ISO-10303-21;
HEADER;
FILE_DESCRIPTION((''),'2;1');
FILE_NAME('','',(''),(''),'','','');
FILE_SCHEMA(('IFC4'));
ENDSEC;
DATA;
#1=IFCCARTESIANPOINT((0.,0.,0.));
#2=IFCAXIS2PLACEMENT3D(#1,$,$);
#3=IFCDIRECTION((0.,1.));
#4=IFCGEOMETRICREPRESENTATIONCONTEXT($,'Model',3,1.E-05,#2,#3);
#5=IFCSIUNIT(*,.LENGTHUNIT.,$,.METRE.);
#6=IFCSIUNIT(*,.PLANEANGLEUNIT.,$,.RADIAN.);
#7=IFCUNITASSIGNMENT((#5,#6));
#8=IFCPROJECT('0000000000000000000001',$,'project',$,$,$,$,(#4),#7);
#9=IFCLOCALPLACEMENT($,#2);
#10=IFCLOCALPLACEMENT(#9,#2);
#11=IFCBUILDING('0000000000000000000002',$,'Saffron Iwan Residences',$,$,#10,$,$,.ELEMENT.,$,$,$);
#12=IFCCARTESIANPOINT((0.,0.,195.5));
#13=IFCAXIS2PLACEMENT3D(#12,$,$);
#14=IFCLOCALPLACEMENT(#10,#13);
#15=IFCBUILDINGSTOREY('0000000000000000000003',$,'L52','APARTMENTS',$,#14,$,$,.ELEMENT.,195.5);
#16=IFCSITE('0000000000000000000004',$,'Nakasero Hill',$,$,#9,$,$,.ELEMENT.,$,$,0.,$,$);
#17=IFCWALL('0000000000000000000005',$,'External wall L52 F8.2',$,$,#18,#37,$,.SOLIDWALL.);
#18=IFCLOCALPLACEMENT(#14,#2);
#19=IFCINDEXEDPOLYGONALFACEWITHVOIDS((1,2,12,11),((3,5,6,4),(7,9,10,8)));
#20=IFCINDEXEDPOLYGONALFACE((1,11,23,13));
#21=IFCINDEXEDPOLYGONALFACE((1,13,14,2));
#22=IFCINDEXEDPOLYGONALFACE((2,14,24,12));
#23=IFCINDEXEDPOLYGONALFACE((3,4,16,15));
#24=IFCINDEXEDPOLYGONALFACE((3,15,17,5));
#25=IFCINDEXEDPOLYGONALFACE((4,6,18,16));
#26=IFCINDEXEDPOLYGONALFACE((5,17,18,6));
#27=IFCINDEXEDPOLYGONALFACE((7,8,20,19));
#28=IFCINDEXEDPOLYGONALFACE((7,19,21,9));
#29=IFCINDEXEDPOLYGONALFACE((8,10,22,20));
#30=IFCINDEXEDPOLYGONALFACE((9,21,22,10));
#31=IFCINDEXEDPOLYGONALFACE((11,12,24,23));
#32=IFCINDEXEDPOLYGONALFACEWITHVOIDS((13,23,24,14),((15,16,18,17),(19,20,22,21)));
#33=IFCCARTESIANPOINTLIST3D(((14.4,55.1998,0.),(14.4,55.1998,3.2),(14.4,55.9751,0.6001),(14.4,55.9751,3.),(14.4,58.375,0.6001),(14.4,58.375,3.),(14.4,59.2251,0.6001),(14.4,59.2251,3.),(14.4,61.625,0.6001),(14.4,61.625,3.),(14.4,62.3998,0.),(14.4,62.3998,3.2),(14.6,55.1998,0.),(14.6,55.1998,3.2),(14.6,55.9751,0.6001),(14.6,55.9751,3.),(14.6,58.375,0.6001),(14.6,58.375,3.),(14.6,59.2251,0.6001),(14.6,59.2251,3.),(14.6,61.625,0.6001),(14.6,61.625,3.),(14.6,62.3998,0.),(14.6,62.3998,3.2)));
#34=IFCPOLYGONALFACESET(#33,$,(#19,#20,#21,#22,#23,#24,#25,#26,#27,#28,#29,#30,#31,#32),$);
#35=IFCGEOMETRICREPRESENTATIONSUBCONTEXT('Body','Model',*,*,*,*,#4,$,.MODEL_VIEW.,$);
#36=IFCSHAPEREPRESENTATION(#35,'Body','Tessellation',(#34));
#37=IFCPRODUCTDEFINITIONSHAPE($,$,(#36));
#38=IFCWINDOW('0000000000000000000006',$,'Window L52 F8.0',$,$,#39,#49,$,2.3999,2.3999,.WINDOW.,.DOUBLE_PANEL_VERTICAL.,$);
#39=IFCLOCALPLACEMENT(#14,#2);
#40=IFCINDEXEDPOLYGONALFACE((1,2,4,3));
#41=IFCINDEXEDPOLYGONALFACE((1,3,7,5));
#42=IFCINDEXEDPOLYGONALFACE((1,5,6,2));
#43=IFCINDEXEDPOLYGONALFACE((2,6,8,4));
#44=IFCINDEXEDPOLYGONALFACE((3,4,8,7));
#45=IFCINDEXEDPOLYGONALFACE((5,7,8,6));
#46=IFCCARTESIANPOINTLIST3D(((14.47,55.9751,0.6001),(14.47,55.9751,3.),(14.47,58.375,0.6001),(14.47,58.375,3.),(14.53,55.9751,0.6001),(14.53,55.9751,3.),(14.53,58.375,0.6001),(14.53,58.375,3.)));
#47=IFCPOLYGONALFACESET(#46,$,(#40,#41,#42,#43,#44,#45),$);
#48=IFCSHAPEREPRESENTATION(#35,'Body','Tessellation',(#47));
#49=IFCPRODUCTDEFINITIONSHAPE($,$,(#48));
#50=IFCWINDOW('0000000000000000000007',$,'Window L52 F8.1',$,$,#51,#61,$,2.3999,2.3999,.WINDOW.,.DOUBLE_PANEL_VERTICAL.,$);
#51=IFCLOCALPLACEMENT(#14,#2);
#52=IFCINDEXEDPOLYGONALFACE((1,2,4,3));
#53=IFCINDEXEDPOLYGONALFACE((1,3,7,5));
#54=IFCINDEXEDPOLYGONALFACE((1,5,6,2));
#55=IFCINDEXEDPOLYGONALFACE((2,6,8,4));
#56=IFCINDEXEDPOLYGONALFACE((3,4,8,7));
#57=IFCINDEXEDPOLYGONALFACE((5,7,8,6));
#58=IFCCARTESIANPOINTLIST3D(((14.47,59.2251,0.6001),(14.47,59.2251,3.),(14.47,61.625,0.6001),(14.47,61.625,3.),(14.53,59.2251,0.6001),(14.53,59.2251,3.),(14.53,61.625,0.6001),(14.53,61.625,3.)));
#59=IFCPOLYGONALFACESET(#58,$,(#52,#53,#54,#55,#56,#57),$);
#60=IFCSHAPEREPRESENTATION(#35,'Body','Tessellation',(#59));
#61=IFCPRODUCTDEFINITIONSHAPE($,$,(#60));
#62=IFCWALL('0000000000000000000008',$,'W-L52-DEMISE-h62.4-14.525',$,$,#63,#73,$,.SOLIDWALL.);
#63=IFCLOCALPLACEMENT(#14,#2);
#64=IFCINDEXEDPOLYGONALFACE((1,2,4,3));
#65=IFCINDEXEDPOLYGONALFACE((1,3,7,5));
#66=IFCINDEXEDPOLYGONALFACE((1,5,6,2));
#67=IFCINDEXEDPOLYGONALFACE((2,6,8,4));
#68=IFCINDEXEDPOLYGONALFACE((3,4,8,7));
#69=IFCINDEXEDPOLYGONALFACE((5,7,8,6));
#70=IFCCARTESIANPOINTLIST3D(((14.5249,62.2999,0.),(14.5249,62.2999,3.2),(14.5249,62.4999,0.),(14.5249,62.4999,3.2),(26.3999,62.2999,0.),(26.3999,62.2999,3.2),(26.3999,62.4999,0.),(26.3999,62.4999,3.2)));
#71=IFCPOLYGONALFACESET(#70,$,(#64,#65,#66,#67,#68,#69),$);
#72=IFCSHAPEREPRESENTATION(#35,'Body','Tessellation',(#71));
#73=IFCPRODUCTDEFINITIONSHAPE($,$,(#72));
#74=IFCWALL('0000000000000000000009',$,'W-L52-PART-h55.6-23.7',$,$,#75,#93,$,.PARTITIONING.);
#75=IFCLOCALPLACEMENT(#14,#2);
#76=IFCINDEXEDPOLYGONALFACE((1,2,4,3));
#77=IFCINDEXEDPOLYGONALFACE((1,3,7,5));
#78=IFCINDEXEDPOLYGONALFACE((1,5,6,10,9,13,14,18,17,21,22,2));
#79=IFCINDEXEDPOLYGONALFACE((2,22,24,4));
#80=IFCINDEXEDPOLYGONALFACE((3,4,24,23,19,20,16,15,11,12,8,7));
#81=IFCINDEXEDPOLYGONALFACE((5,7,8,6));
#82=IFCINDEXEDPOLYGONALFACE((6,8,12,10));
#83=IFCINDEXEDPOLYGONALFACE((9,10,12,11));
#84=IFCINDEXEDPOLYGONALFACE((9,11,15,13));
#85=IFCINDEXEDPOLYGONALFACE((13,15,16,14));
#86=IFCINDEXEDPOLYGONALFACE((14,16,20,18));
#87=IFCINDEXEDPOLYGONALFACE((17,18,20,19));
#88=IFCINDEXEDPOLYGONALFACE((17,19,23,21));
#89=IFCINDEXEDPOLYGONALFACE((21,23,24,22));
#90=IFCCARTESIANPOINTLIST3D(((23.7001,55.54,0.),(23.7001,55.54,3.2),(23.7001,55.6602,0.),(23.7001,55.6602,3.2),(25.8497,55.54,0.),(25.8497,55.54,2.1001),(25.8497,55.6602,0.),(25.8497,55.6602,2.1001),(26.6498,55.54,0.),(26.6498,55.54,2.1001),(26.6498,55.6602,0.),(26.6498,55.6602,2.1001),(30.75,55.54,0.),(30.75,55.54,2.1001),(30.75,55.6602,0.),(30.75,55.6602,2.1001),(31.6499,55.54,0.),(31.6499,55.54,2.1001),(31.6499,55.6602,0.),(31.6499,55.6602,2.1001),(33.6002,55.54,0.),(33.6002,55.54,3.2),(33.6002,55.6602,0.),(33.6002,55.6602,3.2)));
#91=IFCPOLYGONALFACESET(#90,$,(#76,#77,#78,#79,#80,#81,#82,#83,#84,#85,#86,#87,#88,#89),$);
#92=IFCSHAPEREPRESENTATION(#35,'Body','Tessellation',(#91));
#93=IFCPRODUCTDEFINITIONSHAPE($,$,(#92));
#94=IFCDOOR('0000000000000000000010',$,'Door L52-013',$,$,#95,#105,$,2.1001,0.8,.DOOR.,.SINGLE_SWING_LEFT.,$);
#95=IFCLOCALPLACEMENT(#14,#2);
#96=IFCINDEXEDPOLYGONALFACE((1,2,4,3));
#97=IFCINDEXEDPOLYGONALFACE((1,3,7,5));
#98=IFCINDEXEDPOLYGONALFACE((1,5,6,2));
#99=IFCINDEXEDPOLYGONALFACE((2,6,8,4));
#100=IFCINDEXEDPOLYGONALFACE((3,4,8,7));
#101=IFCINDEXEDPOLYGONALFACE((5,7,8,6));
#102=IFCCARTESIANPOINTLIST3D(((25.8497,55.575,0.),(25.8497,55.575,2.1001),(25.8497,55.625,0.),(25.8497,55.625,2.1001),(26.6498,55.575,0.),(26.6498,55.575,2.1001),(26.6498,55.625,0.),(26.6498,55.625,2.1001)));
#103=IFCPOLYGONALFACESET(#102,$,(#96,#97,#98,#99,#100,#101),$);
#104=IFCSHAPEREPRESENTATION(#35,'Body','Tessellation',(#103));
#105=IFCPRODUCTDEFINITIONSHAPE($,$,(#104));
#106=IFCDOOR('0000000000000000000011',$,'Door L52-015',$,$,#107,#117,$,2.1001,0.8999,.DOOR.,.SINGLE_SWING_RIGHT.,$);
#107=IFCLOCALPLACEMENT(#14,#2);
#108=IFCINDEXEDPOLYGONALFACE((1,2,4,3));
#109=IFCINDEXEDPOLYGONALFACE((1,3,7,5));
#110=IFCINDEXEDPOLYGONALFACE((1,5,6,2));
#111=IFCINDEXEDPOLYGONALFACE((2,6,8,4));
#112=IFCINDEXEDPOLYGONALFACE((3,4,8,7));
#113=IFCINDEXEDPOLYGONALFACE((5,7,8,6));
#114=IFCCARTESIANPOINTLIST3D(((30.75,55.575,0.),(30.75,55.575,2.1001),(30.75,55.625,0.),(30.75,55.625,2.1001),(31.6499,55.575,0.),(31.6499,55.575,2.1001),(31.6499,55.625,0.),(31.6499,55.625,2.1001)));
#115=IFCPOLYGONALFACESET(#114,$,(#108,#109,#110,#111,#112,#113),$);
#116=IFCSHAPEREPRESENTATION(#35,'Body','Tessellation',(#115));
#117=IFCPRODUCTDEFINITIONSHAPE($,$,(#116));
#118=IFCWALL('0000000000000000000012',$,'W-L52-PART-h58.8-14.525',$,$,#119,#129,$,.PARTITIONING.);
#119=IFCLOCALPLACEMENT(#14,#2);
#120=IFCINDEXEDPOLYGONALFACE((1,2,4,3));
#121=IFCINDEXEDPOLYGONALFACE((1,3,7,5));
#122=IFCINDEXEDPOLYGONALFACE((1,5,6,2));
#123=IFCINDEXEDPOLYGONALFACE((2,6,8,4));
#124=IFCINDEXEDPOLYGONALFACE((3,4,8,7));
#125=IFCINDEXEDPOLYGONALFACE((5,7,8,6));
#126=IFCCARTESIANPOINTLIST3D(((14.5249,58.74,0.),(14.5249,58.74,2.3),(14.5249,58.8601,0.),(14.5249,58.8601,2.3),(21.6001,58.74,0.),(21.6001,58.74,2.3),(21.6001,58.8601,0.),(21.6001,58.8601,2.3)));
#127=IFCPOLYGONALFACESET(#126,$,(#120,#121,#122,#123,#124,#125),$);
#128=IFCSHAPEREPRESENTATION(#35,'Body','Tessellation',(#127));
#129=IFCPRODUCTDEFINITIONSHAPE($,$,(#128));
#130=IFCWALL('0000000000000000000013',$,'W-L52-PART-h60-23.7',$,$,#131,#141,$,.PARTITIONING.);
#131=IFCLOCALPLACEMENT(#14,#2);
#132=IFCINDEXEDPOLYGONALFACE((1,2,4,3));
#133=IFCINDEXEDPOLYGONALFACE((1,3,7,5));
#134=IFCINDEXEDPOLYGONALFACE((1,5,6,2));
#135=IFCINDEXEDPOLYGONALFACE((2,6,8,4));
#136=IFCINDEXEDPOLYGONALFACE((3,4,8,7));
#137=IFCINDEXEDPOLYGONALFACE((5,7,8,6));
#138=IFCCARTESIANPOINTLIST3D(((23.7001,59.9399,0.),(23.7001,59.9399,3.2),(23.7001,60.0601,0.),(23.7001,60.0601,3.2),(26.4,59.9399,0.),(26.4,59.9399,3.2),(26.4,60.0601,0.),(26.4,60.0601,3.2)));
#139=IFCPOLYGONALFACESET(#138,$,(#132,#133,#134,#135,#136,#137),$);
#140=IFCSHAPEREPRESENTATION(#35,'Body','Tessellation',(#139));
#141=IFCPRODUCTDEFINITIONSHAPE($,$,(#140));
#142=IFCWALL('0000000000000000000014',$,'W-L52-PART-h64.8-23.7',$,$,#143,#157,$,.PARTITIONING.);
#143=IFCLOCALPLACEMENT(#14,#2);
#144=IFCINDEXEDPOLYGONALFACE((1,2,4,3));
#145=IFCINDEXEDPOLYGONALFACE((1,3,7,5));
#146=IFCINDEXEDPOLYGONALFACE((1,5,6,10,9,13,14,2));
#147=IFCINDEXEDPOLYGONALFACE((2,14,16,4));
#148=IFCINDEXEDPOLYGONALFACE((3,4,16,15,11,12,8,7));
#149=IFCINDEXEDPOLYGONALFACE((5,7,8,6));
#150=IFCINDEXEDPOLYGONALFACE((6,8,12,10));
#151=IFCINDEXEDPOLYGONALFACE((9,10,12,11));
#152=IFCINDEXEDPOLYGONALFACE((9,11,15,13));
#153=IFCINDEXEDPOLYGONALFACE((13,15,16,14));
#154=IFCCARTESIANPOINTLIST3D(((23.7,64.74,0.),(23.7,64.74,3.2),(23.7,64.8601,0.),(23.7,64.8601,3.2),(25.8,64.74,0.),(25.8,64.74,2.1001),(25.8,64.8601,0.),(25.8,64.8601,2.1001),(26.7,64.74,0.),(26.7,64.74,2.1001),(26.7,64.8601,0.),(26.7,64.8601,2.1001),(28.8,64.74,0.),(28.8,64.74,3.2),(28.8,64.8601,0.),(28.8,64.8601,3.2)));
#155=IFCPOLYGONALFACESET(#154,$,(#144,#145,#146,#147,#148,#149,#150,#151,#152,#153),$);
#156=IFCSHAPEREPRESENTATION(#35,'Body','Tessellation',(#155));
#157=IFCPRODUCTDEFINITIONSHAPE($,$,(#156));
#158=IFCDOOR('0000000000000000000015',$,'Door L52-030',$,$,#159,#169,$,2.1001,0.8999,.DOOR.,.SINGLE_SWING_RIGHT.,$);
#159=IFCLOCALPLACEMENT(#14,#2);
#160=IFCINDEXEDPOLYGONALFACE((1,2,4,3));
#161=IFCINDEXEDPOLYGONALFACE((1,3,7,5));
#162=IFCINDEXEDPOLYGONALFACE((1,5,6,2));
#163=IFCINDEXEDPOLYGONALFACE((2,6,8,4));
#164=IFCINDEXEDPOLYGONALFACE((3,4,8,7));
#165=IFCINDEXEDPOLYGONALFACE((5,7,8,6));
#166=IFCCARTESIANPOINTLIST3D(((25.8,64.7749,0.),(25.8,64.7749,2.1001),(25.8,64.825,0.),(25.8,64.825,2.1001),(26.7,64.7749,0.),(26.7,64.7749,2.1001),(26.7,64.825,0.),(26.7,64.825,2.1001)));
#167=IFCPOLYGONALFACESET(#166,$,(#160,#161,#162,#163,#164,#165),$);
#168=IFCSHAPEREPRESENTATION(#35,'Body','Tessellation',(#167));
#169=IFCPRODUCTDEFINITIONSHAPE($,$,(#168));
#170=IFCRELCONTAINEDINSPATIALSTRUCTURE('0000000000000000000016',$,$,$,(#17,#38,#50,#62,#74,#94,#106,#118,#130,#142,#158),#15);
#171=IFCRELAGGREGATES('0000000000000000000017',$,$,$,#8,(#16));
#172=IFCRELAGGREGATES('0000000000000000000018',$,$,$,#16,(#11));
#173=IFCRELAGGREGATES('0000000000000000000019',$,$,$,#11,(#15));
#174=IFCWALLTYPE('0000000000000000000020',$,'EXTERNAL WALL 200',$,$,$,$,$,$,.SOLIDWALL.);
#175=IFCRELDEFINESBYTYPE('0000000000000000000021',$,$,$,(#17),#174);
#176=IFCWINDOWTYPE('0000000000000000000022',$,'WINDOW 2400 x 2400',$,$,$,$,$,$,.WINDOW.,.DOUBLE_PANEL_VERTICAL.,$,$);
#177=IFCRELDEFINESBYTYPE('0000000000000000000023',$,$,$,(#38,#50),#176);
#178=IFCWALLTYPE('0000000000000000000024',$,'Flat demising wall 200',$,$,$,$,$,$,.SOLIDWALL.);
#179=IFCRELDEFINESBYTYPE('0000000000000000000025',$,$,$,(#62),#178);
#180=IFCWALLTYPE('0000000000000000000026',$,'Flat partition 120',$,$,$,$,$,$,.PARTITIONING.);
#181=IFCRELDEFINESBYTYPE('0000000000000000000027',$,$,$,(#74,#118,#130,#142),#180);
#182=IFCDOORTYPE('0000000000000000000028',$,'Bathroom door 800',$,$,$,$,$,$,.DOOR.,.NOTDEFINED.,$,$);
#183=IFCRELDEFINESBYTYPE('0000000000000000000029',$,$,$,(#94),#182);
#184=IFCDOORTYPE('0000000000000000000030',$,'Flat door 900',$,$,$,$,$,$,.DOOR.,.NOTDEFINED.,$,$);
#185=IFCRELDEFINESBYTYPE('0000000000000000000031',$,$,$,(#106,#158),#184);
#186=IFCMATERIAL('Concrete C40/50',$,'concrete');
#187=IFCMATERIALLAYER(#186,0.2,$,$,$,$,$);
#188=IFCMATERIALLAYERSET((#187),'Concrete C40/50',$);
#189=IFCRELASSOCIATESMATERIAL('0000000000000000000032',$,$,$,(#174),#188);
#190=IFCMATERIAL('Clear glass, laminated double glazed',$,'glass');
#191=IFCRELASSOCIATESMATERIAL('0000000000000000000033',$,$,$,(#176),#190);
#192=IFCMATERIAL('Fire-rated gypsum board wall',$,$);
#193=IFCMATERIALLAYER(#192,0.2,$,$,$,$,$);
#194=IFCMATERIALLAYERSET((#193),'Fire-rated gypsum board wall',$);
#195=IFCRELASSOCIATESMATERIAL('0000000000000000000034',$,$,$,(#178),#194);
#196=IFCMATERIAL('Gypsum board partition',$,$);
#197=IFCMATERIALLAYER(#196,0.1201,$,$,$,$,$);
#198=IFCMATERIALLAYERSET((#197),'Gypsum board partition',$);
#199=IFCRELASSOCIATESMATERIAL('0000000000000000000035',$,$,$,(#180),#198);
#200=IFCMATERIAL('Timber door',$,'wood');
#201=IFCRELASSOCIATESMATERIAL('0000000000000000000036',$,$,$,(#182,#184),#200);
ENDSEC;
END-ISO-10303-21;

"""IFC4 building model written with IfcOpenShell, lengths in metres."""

from ifc_helpers import new_model, si_unit, direction, frame, frame_2d, origin, place, context, subcontext, project, spatial, rectangle, extrude, material, layer, layer_set, type_object, element, fill, save


model = new_model("IFC4")

# Units and contexts
model_context = context("Model", 3, precision=1e-05, world=origin(), true_north=direction((0.0, 1.0)))
body_context = subcontext(model_context, "Body", "Model", "MODEL_VIEW")
ifc_project = project(units=[si_unit("LENGTHUNIT", "METRE"), si_unit("PLANEANGLEUNIT", "RADIAN")], contexts=[model_context])

# Site, building, storey
site_placement = place(None, origin())
site = spatial("IfcSite", under=ifc_project, at=site_placement, Name="Nakasero Hill", CompositionType="ELEMENT", RefElevation=0.0)
building_placement = place(site_placement, origin())
building = spatial("IfcBuilding", under=site, at=building_placement, Name="Saffron Iwan Residences", CompositionType="ELEMENT")
storey_placement = place(building_placement, frame((0.0, 0.0, 195.5)))
storey = spatial("IfcBuildingStorey", under=building, at=storey_placement, Name="L52", Description="APARTMENTS", CompositionType="ELEMENT", Elevation=195.5)

# Wall, openings, windows
ifc_material_1 = material(Name="Concrete C40/50", Category="concrete")
ifc_layer_1 = layer(ifc_material_1, 0.2)
ifc_layer_set_1 = layer_set([ifc_layer_1], Name="Concrete C40/50")
wall_type_1 = type_object("IfcWallType", Name="EXTERNAL WALL 200", PredefinedType="SOLIDWALL", material=ifc_layer_set_1)
wall_1_placement = place(storey_placement, frame((14.5, 62.3999, 0.0), z_axis=(0.0, 0.0, 1.0), x_axis=(0.0, -1.0, 0.0)))
wall_1 = element("IfcWall", 1, at=wall_1_placement, inside=storey, type_object=wall_type_1, Name="External wall L52 F8.2", PredefinedType="SOLIDWALL", context=body_context, shape_type="SweptSolid", body=[
    extrude(rectangle(XDim=7.2, YDim=0.2, at=frame_2d((3.6001, 0.0))), origin(), (0.0, 0.0, 1.0), 3.2),
])
opening_1_placement = place(wall_1_placement, frame((4.0249, 0.0, 0.6001)))
opening_1 = element("IfcOpeningElement", 2, at=opening_1_placement, cuts=wall_1, PredefinedType="OPENING", context=body_context, shape_type="SweptSolid", body=[
    extrude(rectangle(XDim=2.3999, YDim=2.3999, at=frame_2d((1.2, 1.2))), frame((0.0, 0.1099, 0.0), z_axis=(0.0, -1.0, 0.0), x_axis=(1.0, 0.0, 0.0)), (0.0, 0.0, 1.0), 0.22),
])
opening_2_placement = place(wall_1_placement, frame((0.7749, 0.0, 0.6001)))
opening_2 = element("IfcOpeningElement", 3, at=opening_2_placement, cuts=wall_1, PredefinedType="OPENING", context=body_context, shape_type="SweptSolid", body=[
    extrude(rectangle(XDim=2.3999, YDim=2.3999, at=frame_2d((1.2, 1.2))), frame((0.0, 0.1099, 0.0), z_axis=(0.0, -1.0, 0.0), x_axis=(1.0, 0.0, 0.0)), (0.0, 0.0, 1.0), 0.22),
])
ifc_material_2 = material(Name="Clear glass, laminated double glazed", Category="glass")
window_type_1 = type_object("IfcWindowType", Name="WINDOW 2400 x 2400", PartitioningType="DOUBLE_PANEL_VERTICAL", PredefinedType="WINDOW", material=ifc_material_2)
window_1_placement = place(opening_1_placement, origin())
window_1 = element("IfcWindow", 4, at=window_1_placement, inside=storey, type_object=window_type_1, Name="Window L52 F8.0", OverallHeight=2.3999, OverallWidth=2.3999, PartitioningType="DOUBLE_PANEL_VERTICAL", PredefinedType="WINDOW", context=body_context, shape_type="SweptSolid", body=[
    extrude(rectangle(XDim=2.3999, YDim=2.3999, at=frame_2d((1.2, 1.2))), frame((0.0, 0.03, 0.0), z_axis=(0.0, -1.0, 0.0), x_axis=(1.0, 0.0, 0.0)), (0.0, 0.0, 1.0), 0.0601),
])
fill(opening_1, window_1)
window_2_placement = place(opening_2_placement, origin())
window_2 = element("IfcWindow", 5, at=window_2_placement, inside=storey, type_object=window_type_1, Name="Window L52 F8.1", OverallHeight=2.3999, OverallWidth=2.3999, PartitioningType="DOUBLE_PANEL_VERTICAL", PredefinedType="WINDOW", context=body_context, shape_type="SweptSolid", body=[
    extrude(rectangle(XDim=2.3999, YDim=2.3999, at=frame_2d((1.2, 1.2))), frame((0.0, 0.03, 0.0), z_axis=(0.0, -1.0, 0.0), x_axis=(1.0, 0.0, 0.0)), (0.0, 0.0, 1.0), 0.0601),
])
fill(opening_2, window_2)

# Wall
ifc_material_3 = material(Name="Fire-rated gypsum board wall")
ifc_layer_2 = layer(ifc_material_3, 0.2)
ifc_layer_set_2 = layer_set([ifc_layer_2], Name="Fire-rated gypsum board wall")
wall_type_2 = type_object("IfcWallType", Name="Flat demising wall 200", PredefinedType="SOLIDWALL", material=ifc_layer_set_2)
wall_2_placement = place(storey_placement, frame((14.5249, 62.3999, 0.0), z_axis=(0.0, 0.0, 1.0), x_axis=(1.0, 0.0, 0.0)))
element("IfcWall", 6, at=wall_2_placement, inside=storey, type_object=wall_type_2, Name="W-L52-DEMISE-h62.4-14.525", PredefinedType="SOLIDWALL", context=body_context, shape_type="SweptSolid", body=[
    extrude(rectangle(XDim=11.875, YDim=0.2, at=frame_2d((5.9375, 0.0))), origin(), (0.0, 0.0, 1.0), 3.2),
])

# Wall, openings, doors
ifc_material_4 = material(Name="Gypsum board partition")
ifc_layer_3 = layer(ifc_material_4, 0.1201)
ifc_layer_set_3 = layer_set([ifc_layer_3], Name="Gypsum board partition")
wall_type_3 = type_object("IfcWallType", Name="Flat partition 120", PredefinedType="PARTITIONING", material=ifc_layer_set_3)
wall_3_placement = place(storey_placement, frame((23.7, 55.6001, 0.0), z_axis=(0.0, 0.0, 1.0), x_axis=(1.0, 0.0, 0.0)))
wall_3 = element("IfcWall", 7, at=wall_3_placement, inside=storey, type_object=wall_type_3, Name="W-L52-PART-h55.6-23.7", PredefinedType="PARTITIONING", context=body_context, shape_type="SweptSolid", body=[
    extrude(rectangle(XDim=9.9001, YDim=0.1201, at=frame_2d((4.9502, 0.0))), origin(), (0.0, 0.0, 1.0), 3.2),
])
opening_3_placement = place(wall_3_placement, frame((2.1499, 0.0, 0.0)))
opening_3 = element("IfcOpeningElement", 8, at=opening_3_placement, cuts=wall_3, PredefinedType="OPENING", context=body_context, shape_type="SweptSolid", body=[
    extrude(rectangle(XDim=0.8, YDim=2.1001, at=frame_2d((0.3999, 1.05))), frame((0.0, 0.0701, 0.0), z_axis=(0.0, -1.0, 0.0), x_axis=(1.0, 0.0, 0.0)), (0.0, 0.0, 1.0), 0.1401),
])
opening_4_placement = place(wall_3_placement, frame((7.05, 0.0, 0.0)))
opening_4 = element("IfcOpeningElement", 9, at=opening_4_placement, cuts=wall_3, PredefinedType="OPENING", context=body_context, shape_type="SweptSolid", body=[
    extrude(rectangle(XDim=0.8999, YDim=2.1001, at=frame_2d((0.45, 1.05))), frame((0.0, 0.0701, 0.0), z_axis=(0.0, -1.0, 0.0), x_axis=(1.0, 0.0, 0.0)), (0.0, 0.0, 1.0), 0.1401),
])
ifc_material_5 = material(Name="Timber door", Category="wood")
door_type_1 = type_object("IfcDoorType", Name="Bathroom door 800", OperationType="NOTDEFINED", PredefinedType="DOOR", material=ifc_material_5)
door_1_placement = place(opening_3_placement, origin())
door_1 = element("IfcDoor", 10, at=door_1_placement, inside=storey, type_object=door_type_1, Name="Door L52-013", OperationType="SINGLE_SWING_LEFT", OverallHeight=2.1001, OverallWidth=0.8, PredefinedType="DOOR", context=body_context, shape_type="SweptSolid", body=[
    extrude(rectangle(XDim=0.8, YDim=2.1001, at=frame_2d((0.3999, 1.05))), frame((0.0, 0.0249, 0.0), z_axis=(0.0, -1.0, 0.0), x_axis=(1.0, 0.0, 0.0)), (0.0, 0.0, 1.0), 0.05),
])
fill(opening_3, door_1)
door_type_2 = type_object("IfcDoorType", Name="Flat door 900", OperationType="NOTDEFINED", PredefinedType="DOOR", material=ifc_material_5)
door_2_placement = place(opening_4_placement, origin())
door_2 = element("IfcDoor", 11, at=door_2_placement, inside=storey, type_object=door_type_2, Name="Door L52-015", OperationType="SINGLE_SWING_RIGHT", OverallHeight=2.1001, OverallWidth=0.8999, PredefinedType="DOOR", context=body_context, shape_type="SweptSolid", body=[
    extrude(rectangle(XDim=0.8999, YDim=2.1001, at=frame_2d((0.45, 1.05))), frame((0.0, 0.0249, 0.0), z_axis=(0.0, -1.0, 0.0), x_axis=(1.0, 0.0, 0.0)), (0.0, 0.0, 1.0), 0.05),
])
fill(opening_4, door_2)

# Walls
wall_4_placement = place(storey_placement, frame((14.5249, 58.8, 0.0), z_axis=(0.0, 0.0, 1.0), x_axis=(1.0, 0.0, 0.0)))
element("IfcWall", 12, at=wall_4_placement, inside=storey, type_object=wall_type_3, Name="W-L52-PART-h58.8-14.525", PredefinedType="PARTITIONING", context=body_context, shape_type="SweptSolid", body=[
    extrude(rectangle(XDim=7.0752, YDim=0.1201, at=frame_2d((3.5376, 0.0))), origin(), (0.0, 0.0, 1.0), 2.3),
])
wall_5_placement = place(storey_placement, frame((23.7, 60.0, 0.0), z_axis=(0.0, 0.0, 1.0), x_axis=(1.0, 0.0, 0.0)))
element("IfcWall", 13, at=wall_5_placement, inside=storey, type_object=wall_type_3, Name="W-L52-PART-h60-23.7", PredefinedType="PARTITIONING", context=body_context, shape_type="SweptSolid", body=[
    extrude(rectangle(XDim=2.7, YDim=0.1201, at=frame_2d((1.3501, 0.0))), origin(), (0.0, 0.0, 1.0), 3.2),
])

# Wall, opening, door
wall_6_placement = place(storey_placement, frame((23.7, 64.8, 0.0), z_axis=(0.0, 0.0, 1.0), x_axis=(1.0, 0.0, 0.0)))
wall_6 = element("IfcWall", 14, at=wall_6_placement, inside=storey, type_object=wall_type_3, Name="W-L52-PART-h64.8-23.7", PredefinedType="PARTITIONING", context=body_context, shape_type="SweptSolid", body=[
    extrude(rectangle(XDim=5.1001, YDim=0.1201, at=frame_2d((2.55, 0.0))), origin(), (0.0, 0.0, 1.0), 3.2),
])
opening_5_placement = place(wall_6_placement, frame((2.1001, 0.0, 0.0)))
opening_5 = element("IfcOpeningElement", 15, at=opening_5_placement, cuts=wall_6, PredefinedType="OPENING", context=body_context, shape_type="SweptSolid", body=[
    extrude(rectangle(XDim=0.8999, YDim=2.1001, at=frame_2d((0.45, 1.05))), frame((0.0, 0.0701, 0.0), z_axis=(0.0, -1.0, 0.0), x_axis=(1.0, 0.0, 0.0)), (0.0, 0.0, 1.0), 0.1401),
])
door_3_placement = place(opening_5_placement, origin())
door_3 = element("IfcDoor", 16, at=door_3_placement, inside=storey, type_object=door_type_2, Name="Door L52-030", OperationType="SINGLE_SWING_RIGHT", OverallHeight=2.1001, OverallWidth=0.8999, PredefinedType="DOOR", context=body_context, shape_type="SweptSolid", body=[
    extrude(rectangle(XDim=0.8999, YDim=2.1001, at=frame_2d((0.45, 1.05))), frame((0.0, 0.0249, 0.0), z_axis=(0.0, -1.0, 0.0), x_axis=(1.0, 0.0, 0.0)), (0.0, 0.0, 1.0), 0.05),
])
fill(opening_5, door_3)

save(model, "model.ifc")
